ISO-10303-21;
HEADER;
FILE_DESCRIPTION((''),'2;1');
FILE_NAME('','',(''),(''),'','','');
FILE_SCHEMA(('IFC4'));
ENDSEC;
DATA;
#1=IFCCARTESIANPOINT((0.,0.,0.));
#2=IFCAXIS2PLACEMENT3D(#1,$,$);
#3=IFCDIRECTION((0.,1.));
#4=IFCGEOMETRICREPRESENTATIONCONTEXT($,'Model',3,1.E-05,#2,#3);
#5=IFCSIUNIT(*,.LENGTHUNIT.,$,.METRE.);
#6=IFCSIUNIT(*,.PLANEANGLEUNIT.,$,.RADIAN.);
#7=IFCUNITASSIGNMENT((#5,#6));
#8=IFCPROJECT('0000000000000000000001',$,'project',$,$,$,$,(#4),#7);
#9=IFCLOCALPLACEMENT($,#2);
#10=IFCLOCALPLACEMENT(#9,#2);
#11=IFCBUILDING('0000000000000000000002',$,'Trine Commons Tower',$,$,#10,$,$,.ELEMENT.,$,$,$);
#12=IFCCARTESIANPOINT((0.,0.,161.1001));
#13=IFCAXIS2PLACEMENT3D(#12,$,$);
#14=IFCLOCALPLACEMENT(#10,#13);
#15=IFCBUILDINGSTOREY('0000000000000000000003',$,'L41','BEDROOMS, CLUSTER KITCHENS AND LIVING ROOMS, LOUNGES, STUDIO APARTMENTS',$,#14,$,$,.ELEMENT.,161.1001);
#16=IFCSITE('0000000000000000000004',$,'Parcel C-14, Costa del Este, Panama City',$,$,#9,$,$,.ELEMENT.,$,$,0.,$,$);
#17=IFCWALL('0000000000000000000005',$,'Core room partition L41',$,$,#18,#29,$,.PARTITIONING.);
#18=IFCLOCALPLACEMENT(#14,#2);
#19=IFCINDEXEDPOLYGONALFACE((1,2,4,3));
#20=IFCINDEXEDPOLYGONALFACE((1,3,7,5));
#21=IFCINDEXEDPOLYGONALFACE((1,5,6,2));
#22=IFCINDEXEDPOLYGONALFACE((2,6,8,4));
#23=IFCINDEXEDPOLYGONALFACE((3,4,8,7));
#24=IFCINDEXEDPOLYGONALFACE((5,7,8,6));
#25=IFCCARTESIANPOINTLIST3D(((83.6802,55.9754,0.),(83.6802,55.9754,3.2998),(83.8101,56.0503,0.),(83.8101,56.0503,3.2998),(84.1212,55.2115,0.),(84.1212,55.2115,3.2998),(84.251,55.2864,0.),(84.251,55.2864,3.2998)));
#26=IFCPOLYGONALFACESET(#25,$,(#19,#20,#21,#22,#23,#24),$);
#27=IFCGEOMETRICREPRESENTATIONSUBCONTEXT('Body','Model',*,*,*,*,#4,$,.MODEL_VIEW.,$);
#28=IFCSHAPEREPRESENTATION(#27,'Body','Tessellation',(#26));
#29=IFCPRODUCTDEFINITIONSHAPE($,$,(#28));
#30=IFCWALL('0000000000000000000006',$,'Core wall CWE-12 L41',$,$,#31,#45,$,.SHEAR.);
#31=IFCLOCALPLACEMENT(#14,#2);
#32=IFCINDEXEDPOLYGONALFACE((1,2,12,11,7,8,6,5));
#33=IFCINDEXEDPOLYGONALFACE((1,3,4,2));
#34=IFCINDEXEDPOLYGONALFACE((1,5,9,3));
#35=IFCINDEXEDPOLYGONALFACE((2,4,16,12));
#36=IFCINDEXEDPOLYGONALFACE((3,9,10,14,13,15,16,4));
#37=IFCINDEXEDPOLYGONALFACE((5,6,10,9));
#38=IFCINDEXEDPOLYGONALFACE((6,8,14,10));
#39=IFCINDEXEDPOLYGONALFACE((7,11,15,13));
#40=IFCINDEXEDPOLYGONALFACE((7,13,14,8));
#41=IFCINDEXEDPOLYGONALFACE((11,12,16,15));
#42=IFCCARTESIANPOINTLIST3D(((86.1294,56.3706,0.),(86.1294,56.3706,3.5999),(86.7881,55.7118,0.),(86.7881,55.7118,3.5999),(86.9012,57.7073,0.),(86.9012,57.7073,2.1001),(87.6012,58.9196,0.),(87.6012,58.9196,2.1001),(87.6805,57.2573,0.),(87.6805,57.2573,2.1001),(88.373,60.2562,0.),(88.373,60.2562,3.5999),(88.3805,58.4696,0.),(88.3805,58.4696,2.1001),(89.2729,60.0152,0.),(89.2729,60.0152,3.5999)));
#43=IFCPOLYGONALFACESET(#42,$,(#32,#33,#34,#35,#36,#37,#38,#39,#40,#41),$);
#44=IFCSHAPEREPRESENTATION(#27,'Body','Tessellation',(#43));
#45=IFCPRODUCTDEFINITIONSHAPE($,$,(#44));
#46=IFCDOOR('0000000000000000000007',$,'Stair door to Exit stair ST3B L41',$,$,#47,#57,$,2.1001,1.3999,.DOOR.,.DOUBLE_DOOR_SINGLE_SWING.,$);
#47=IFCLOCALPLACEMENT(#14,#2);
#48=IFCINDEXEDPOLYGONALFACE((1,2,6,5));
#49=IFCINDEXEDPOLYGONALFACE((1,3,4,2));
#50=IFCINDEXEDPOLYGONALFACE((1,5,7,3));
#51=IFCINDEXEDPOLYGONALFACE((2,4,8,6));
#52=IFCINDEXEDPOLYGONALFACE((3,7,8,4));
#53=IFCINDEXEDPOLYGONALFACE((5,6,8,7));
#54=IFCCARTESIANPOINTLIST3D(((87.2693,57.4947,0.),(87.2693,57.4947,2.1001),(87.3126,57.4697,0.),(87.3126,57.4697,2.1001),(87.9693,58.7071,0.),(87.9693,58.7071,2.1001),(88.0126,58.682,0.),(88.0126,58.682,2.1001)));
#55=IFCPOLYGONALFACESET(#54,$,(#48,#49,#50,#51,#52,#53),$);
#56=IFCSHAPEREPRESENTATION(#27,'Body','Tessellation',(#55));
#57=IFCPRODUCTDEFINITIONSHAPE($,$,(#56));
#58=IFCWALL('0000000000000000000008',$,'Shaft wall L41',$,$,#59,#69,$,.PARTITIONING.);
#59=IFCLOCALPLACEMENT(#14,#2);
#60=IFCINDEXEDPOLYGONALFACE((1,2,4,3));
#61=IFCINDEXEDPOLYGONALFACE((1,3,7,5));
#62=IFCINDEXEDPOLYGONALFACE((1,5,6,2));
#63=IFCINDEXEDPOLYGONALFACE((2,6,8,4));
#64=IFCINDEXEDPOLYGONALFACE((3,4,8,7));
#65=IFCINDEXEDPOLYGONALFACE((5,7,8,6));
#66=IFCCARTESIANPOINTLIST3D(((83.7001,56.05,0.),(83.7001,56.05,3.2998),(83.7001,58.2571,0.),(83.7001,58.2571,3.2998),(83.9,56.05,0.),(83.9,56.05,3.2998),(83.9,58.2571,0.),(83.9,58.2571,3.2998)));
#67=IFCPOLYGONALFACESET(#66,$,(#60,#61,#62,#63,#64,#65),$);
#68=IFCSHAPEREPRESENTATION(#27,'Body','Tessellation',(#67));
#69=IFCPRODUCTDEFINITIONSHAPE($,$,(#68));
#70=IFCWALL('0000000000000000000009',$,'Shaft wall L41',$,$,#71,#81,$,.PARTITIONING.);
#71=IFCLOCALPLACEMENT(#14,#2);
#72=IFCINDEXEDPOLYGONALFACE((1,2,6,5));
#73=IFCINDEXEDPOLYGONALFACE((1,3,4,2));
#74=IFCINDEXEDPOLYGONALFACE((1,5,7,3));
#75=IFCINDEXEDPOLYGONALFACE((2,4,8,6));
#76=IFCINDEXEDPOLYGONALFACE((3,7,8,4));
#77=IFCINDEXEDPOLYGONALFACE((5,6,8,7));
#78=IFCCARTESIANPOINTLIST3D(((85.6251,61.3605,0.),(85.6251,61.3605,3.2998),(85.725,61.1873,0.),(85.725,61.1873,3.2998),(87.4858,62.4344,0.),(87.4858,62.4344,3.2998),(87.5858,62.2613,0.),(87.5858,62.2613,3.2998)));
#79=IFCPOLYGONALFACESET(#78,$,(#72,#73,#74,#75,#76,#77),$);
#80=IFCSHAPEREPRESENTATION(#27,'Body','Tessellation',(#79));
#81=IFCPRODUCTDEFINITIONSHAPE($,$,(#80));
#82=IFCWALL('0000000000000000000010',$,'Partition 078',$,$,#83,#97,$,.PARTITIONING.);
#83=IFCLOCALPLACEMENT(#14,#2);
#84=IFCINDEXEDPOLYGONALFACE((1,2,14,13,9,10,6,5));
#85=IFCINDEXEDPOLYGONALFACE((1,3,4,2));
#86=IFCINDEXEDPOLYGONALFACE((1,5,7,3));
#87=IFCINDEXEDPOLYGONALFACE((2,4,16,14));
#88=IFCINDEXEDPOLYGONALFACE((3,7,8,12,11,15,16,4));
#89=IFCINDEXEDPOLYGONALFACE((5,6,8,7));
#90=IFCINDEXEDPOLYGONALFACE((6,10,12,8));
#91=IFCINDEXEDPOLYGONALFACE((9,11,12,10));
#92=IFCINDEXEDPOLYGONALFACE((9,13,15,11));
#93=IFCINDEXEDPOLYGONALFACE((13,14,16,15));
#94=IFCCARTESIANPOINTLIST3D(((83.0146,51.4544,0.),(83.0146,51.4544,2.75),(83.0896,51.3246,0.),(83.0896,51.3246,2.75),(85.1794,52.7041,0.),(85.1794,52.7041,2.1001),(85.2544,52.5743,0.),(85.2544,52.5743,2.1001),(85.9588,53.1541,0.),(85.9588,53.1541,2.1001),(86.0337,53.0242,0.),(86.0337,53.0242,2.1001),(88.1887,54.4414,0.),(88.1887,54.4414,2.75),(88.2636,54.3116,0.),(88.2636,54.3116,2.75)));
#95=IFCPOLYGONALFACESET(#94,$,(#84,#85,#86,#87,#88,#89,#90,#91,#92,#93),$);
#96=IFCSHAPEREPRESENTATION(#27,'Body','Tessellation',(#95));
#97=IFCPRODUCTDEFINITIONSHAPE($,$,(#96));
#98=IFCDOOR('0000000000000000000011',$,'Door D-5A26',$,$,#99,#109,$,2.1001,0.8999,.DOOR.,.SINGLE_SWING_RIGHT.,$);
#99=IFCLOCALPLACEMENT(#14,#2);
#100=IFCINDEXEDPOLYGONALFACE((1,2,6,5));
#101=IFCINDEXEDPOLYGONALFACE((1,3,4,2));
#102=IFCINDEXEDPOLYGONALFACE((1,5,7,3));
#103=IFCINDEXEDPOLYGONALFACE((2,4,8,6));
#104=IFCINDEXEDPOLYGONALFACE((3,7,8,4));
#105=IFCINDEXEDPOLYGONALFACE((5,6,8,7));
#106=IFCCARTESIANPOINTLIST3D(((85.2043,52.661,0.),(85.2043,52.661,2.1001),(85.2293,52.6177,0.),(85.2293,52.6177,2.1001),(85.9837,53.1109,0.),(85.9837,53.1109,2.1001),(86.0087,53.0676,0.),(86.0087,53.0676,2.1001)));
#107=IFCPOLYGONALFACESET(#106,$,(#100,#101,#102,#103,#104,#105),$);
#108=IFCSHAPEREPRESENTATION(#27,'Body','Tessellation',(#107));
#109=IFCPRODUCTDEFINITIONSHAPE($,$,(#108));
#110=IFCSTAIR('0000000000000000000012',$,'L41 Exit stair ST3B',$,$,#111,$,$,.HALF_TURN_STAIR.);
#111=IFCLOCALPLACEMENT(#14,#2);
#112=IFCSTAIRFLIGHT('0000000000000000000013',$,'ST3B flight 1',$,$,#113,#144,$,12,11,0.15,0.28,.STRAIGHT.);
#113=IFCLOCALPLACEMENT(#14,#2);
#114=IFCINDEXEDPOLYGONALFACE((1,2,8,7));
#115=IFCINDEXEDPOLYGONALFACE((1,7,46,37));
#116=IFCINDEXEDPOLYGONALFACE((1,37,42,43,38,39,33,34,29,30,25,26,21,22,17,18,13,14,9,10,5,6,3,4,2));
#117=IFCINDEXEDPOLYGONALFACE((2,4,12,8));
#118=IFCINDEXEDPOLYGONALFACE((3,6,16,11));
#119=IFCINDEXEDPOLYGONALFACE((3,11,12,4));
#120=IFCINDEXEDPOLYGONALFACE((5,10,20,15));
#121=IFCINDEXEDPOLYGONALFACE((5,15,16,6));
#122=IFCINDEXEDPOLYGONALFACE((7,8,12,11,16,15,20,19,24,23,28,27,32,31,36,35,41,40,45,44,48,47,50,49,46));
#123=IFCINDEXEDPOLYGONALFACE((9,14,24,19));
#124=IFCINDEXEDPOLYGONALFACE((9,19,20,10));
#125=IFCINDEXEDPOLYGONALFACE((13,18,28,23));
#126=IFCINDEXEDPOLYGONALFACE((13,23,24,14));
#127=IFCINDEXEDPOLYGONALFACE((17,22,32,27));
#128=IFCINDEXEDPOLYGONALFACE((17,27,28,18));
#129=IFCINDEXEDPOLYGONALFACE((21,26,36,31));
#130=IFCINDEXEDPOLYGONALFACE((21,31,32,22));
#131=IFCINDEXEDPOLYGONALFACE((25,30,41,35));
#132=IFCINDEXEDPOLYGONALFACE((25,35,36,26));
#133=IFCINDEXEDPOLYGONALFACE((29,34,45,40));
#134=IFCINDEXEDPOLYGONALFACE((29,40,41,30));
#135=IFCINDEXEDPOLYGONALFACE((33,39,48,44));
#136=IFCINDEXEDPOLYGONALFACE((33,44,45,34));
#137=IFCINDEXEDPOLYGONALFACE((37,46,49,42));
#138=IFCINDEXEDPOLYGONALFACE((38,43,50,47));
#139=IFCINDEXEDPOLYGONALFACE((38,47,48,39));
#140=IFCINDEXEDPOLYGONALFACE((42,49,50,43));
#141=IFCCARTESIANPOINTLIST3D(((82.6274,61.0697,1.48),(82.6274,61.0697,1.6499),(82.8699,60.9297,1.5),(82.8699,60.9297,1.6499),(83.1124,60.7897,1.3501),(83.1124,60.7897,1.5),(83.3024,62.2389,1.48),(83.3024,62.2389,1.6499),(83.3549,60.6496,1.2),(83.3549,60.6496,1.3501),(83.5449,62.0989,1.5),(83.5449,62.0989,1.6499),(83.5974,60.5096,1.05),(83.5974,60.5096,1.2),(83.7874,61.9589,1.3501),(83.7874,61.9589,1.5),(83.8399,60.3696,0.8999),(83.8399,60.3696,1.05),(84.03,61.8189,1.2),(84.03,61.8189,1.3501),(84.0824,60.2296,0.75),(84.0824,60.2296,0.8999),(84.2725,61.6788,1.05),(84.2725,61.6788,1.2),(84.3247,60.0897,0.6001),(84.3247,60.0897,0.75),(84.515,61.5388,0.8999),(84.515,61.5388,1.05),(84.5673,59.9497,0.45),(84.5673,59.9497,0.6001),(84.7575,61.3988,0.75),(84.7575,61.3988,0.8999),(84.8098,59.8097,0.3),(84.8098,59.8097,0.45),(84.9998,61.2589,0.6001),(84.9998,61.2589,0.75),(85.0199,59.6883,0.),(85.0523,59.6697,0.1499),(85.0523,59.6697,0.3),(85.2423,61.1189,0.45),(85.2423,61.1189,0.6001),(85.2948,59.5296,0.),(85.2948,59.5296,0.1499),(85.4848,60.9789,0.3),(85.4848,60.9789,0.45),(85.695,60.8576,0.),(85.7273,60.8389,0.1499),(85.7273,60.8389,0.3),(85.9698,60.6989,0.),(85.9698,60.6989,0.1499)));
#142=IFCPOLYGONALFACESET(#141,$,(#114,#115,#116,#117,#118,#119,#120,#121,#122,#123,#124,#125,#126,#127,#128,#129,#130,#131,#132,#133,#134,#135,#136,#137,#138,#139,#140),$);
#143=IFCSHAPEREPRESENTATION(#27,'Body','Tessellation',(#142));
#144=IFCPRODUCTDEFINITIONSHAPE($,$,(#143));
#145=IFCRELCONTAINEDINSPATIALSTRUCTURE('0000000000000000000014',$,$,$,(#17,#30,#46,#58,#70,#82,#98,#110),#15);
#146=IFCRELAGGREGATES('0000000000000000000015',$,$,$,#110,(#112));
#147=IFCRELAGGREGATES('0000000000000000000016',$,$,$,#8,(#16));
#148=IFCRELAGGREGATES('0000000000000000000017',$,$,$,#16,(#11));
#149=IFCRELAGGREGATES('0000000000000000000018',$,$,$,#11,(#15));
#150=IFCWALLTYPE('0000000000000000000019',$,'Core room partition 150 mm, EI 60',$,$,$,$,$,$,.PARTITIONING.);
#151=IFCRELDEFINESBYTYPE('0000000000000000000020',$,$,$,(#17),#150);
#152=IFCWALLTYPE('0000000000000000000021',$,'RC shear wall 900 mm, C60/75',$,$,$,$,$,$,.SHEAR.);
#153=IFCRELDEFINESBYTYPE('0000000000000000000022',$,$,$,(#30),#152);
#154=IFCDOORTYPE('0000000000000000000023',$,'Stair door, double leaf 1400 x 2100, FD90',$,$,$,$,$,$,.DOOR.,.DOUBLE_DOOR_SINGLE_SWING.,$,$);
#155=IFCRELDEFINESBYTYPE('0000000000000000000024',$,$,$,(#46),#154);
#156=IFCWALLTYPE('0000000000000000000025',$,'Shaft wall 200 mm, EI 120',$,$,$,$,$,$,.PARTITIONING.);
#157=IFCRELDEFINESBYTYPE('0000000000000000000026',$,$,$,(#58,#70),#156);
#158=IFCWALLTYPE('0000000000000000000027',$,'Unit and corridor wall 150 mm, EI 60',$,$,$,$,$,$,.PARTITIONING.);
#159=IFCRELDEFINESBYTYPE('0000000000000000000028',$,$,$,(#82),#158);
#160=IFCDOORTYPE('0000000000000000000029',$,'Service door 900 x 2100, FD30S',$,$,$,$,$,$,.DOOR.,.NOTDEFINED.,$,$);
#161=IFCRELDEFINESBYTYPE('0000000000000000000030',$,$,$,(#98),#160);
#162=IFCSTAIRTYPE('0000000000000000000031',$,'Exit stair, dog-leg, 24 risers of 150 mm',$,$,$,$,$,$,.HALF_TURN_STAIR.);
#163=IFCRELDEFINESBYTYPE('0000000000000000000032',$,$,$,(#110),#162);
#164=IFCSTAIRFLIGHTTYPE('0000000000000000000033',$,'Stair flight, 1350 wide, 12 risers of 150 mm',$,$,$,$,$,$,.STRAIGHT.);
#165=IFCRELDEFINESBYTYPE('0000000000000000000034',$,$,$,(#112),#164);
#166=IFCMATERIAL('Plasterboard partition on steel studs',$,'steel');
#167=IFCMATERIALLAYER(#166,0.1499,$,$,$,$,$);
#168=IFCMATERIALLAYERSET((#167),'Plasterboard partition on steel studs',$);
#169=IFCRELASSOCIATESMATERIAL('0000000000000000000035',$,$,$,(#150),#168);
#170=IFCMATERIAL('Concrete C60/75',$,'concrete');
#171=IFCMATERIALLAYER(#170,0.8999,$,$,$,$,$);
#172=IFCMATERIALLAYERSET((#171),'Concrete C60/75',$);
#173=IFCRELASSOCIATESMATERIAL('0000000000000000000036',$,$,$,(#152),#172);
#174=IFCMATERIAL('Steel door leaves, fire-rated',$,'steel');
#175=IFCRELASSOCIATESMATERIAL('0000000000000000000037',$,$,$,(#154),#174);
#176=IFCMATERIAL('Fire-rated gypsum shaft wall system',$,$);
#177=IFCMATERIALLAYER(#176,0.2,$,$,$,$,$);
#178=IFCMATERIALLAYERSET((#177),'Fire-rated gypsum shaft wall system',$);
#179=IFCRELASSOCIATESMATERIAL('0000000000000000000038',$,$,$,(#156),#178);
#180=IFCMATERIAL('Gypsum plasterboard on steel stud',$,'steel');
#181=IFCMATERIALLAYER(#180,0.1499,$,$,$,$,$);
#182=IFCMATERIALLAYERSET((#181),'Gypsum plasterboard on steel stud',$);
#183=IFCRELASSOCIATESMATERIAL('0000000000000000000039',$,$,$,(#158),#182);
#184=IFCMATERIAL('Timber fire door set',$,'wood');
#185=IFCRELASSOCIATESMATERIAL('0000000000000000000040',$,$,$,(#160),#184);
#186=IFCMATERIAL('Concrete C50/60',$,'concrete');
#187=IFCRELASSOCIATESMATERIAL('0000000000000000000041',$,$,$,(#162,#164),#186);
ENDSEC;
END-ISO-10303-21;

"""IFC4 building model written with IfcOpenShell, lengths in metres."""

from ifc_helpers import new_model, si_unit, direction, frame, frame_2d, origin, place, context, subcontext, project, spatial, polyline, rectangle, outline, extrude, material, layer, layer_set, type_object, element, fill, aggregate, save


model = new_model("IFC4")

# Units and contexts
model_context = context("Model", 3, precision=1e-05, world=origin(), true_north=direction((0.0, 1.0)))
body_context = subcontext(model_context, "Body", "Model", "MODEL_VIEW")
ifc_project = project(units=[si_unit("LENGTHUNIT", "METRE"), si_unit("PLANEANGLEUNIT", "RADIAN")], contexts=[model_context])

# Site, building, storey
site_placement = place(None, origin())
site = spatial("IfcSite", under=ifc_project, at=site_placement, Name="Parcel C-14, Costa del Este, Panama City", CompositionType="ELEMENT", RefElevation=0.0)
building_placement = place(site_placement, origin())
building = spatial("IfcBuilding", under=site, at=building_placement, Name="Trine Commons Tower", CompositionType="ELEMENT")
storey_placement = place(building_placement, frame((0.0, 0.0, 161.1001)))
storey = spatial("IfcBuildingStorey", under=building, at=storey_placement, Name="L41", Description="BEDROOMS, CLUSTER KITCHENS AND LIVING ROOMS, LOUNGES, STUDIO APARTMENTS", CompositionType="ELEMENT", Elevation=161.1001)

# Wall
ifc_material_1 = material(Name="Plasterboard partition on steel studs", Category="steel")
ifc_layer_1 = layer(ifc_material_1, 0.1499)
ifc_layer_set_1 = layer_set([ifc_layer_1], Name="Plasterboard partition on steel studs")
wall_type_1 = type_object("IfcWallType", Name="Core room partition 150 mm, EI 60", PredefinedType="PARTITIONING", material=ifc_layer_set_1)
wall_1_placement = place(storey_placement, frame((84.186, 55.249, 0.0), z_axis=(0.0, 0.0, 1.0), x_axis=(-0.49989, 0.866089, 0.0)))
element("IfcWall", 1, at=wall_1_placement, inside=storey, type_object=wall_type_1, Name="Core room partition L41", PredefinedType="PARTITIONING", context=body_context, shape_type="SweptSolid", body=[
    extrude(rectangle(XDim=0.8821, YDim=0.1499, at=frame_2d((0.4409, 0.0))), origin(), (0.0, 0.0, 1.0), 3.2998),
])

# Wall, opening, door
ifc_material_2 = material(Name="Concrete C60/75", Category="concrete")
ifc_layer_2 = layer(ifc_material_2, 0.8999)
ifc_layer_set_2 = layer_set([ifc_layer_2], Name="Concrete C60/75")
wall_type_2 = type_object("IfcWallType", Name="RC shear wall 900 mm, C60/75", PredefinedType="SHEAR", material=ifc_layer_set_2)
wall_2_placement = place(storey_placement, frame((86.3984, 55.9368, 0.0), z_axis=(0.0, 0.0, 1.0), x_axis=(0.500039, 0.866003, 0.0)))
wall_2 = element("IfcWall", 2, at=wall_2_placement, inside=storey, type_object=wall_type_2, Name="Core wall CWE-12 L41", PredefinedType="SHEAR", context=body_context, shape_type="SweptSolid", body=[
    extrude(outline(polyline([(0.0, -0.45), (4.9692, -0.45), (4.728, 0.45), (0.2412, 0.45), (0.0, -0.45)])), origin(), (0.0, 0.0, 1.0), 3.5999),
])
opening_1_placement = place(wall_2_placement, frame((1.7847, 0.0, 0.0)))
opening_1 = element("IfcOpeningElement", 3, at=opening_1_placement, cuts=wall_2, PredefinedType="OPENING", context=body_context, shape_type="SweptSolid", body=[
    extrude(rectangle(XDim=1.3999, YDim=2.1001, at=frame_2d((0.7, 1.05))), frame((0.0, 0.46, 0.0), z_axis=(0.0, -1.0, 0.0), x_axis=(1.0, 0.0, 0.0)), (0.0, 0.0, 1.0), 0.9199),
])
ifc_material_3 = material(Name="Steel door leaves, fire-rated", Category="steel")
door_type_1 = type_object("IfcDoorType", Name="Stair door, double leaf 1400 x 2100, FD90", OperationType="DOUBLE_DOOR_SINGLE_SWING", PredefinedType="DOOR", material=ifc_material_3)
door_1_placement = place(opening_1_placement, origin())
door_1 = element("IfcDoor", 4, at=door_1_placement, inside=storey, type_object=door_type_1, Name="Stair door to Exit stair ST3B L41", OperationType="DOUBLE_DOOR_SINGLE_SWING", OverallHeight=2.1001, OverallWidth=1.3999, PredefinedType="DOOR", context=body_context, shape_type="SweptSolid", body=[
    extrude(rectangle(XDim=1.3999, YDim=2.1001, at=frame_2d((0.7, 1.05))), frame((0.0, 0.0249, 0.0), z_axis=(0.0, -1.0, 0.0), x_axis=(1.0, 0.0, 0.0)), (0.0, 0.0, 1.0), 0.05),
])
fill(opening_1, door_1)

# Walls
ifc_material_4 = material(Name="Fire-rated gypsum shaft wall system")
ifc_layer_3 = layer(ifc_material_4, 0.2)
ifc_layer_set_3 = layer_set([ifc_layer_3], Name="Fire-rated gypsum shaft wall system")
wall_type_3 = type_object("IfcWallType", Name="Shaft wall 200 mm, EI 120", PredefinedType="PARTITIONING", material=ifc_layer_set_3)
wall_3_placement = place(storey_placement, frame((83.8, 58.2571, 0.0), z_axis=(0.0, 0.0, 1.0), x_axis=(0.0, -1.0, 0.0)))
element("IfcWall", 5, at=wall_3_placement, inside=storey, type_object=wall_type_3, Name="Shaft wall L41", PredefinedType="PARTITIONING", context=body_context, shape_type="SweptSolid", body=[
    extrude(rectangle(XDim=2.207, YDim=0.2, at=frame_2d((1.1035, 0.0))), origin(), (0.0, 0.0, 1.0), 3.2998),
])
wall_4_placement = place(storey_placement, frame((85.675, 61.2739, 0.0), z_axis=(0.0, 0.0, 1.0), x_axis=(0.866102, 0.499867, 0.0)))
element("IfcWall", 6, at=wall_4_placement, inside=storey, type_object=wall_type_3, Name="Shaft wall L41", PredefinedType="PARTITIONING", context=body_context, shape_type="SweptSolid", body=[
    extrude(rectangle(XDim=2.1484, YDim=0.2, at=frame_2d((1.0742, 0.0))), origin(), (0.0, 0.0, 1.0), 3.2998),
])

# Wall, opening, door
ifc_material_5 = material(Name="Gypsum plasterboard on steel stud", Category="steel")
ifc_layer_4 = layer(ifc_material_5, 0.1499)
ifc_layer_set_4 = layer_set([ifc_layer_4], Name="Gypsum plasterboard on steel stud")
wall_type_4 = type_object("IfcWallType", Name="Unit and corridor wall 150 mm, EI 60", PredefinedType="PARTITIONING", material=ifc_layer_set_4)
wall_5_placement = place(storey_placement, frame((83.052, 51.3894, 0.0), z_axis=(0.0, 0.0, 1.0), x_axis=(0.866039, 0.499976, 0.0)))
wall_5 = element("IfcWall", 7, at=wall_5_placement, inside=storey, type_object=wall_type_4, Name="Partition 078", PredefinedType="PARTITIONING", context=body_context, shape_type="SweptSolid", body=[
    extrude(rectangle(XDim=5.9744, YDim=0.1499, at=frame_2d((2.9873, 0.0))), origin(), (0.0, 0.0, 1.0), 2.75),
])
opening_2_placement = place(wall_5_placement, frame((2.4998, 0.0, 0.0)))
opening_2 = element("IfcOpeningElement", 8, at=opening_2_placement, cuts=wall_5, PredefinedType="OPENING", context=body_context, shape_type="SweptSolid", body=[
    extrude(rectangle(XDim=0.8999, YDim=2.1001, at=frame_2d((0.45, 1.05))), frame((0.0, 0.085, 0.0), z_axis=(0.0, -1.0, 0.0), x_axis=(1.0, 0.0, 0.0)), (0.0, 0.0, 1.0), 0.1699),
])
ifc_material_6 = material(Name="Timber fire door set", Category="wood")
door_type_2 = type_object("IfcDoorType", Name="Service door 900 x 2100, FD30S", OperationType="NOTDEFINED", PredefinedType="DOOR", material=ifc_material_6)
door_2_placement = place(opening_2_placement, frame((0.8999, 0.0, 0.0), z_axis=(0.0, 0.0, 1.0), x_axis=(-1.0, 0.0, 0.0)))
door_2 = element("IfcDoor", 9, at=door_2_placement, inside=storey, type_object=door_type_2, Name="Door D-5A26", OperationType="SINGLE_SWING_RIGHT", OverallHeight=2.1001, OverallWidth=0.8999, PredefinedType="DOOR", context=body_context, shape_type="SweptSolid", body=[
    extrude(rectangle(XDim=0.8999, YDim=2.1001, at=frame_2d((0.45, 1.05))), frame((0.0, 0.0249, 0.0), z_axis=(0.0, -1.0, 0.0), x_axis=(1.0, 0.0, 0.0)), (0.0, 0.0, 1.0), 0.05),
])
fill(opening_2, door_2)

# Stair, stair flight
ifc_material_7 = material(Name="Concrete C50/60", Category="concrete")
stair_type = type_object("IfcStairType", Name="Exit stair, dog-leg, 24 risers of 150 mm", PredefinedType="HALF_TURN_STAIR", material=ifc_material_7)
stair_placement = place(storey_placement, origin())
stair = element("IfcStair", 10, at=stair_placement, inside=storey, type_object=stair_type, Name="L41 Exit stair ST3B", PredefinedType="HALF_TURN_STAIR")
stair_flight_type = type_object("IfcStairFlightType", Name="Stair flight, 1350 wide, 12 risers of 150 mm", PredefinedType="STRAIGHT", material=ifc_material_7)
stair_flight_placement = place(storey_placement, frame((85.6323, 60.1143, 0.0), z_axis=(0.0, 0.0, 1.0), x_axis=(-0.866025, 0.5, 0.0)))
stair_flight = element("IfcStairFlight", 11, at=stair_flight_placement, type_object=stair_flight_type, Name="ST3B flight 1", NumberOfRisers=12, NumberOfTreads=11, PredefinedType="STRAIGHT", RiserHeight=0.15, TreadLength=0.28, context=body_context, shape_type="SweptSolid", body=[
    extrude(outline(polyline([(0.0, 0.0), (0.0, 0.1499), (0.28, 0.1499), (0.28, 0.3), (0.5601, 0.3), (0.5601, 0.45), (0.8401, 0.45), (0.8401, 0.6001), (1.1201, 0.6001), (1.1201, 0.75), (1.3999, 0.75), (1.3999, 0.8999), (1.6799, 0.8999), (1.6799, 1.05), (1.96, 1.05), (1.96, 1.2), (2.24, 1.2), (2.24, 1.3501), (2.52, 1.3501), (2.52, 1.5), (2.8, 1.5), (2.8, 1.6499), (3.0801, 1.6499), (3.0801, 1.8), (3.0801, 1.48), (0.3174, 0.0), (0.0, 0.0)])), frame((0.0, 0.675, 0.0), z_axis=(0.0, -1.0, 0.0), x_axis=(1.0, 0.0, 0.0)), (0.0, 0.0, 1.0), 1.3501),
])
aggregate(stair, [stair_flight])

save(model, "model.ifc")
